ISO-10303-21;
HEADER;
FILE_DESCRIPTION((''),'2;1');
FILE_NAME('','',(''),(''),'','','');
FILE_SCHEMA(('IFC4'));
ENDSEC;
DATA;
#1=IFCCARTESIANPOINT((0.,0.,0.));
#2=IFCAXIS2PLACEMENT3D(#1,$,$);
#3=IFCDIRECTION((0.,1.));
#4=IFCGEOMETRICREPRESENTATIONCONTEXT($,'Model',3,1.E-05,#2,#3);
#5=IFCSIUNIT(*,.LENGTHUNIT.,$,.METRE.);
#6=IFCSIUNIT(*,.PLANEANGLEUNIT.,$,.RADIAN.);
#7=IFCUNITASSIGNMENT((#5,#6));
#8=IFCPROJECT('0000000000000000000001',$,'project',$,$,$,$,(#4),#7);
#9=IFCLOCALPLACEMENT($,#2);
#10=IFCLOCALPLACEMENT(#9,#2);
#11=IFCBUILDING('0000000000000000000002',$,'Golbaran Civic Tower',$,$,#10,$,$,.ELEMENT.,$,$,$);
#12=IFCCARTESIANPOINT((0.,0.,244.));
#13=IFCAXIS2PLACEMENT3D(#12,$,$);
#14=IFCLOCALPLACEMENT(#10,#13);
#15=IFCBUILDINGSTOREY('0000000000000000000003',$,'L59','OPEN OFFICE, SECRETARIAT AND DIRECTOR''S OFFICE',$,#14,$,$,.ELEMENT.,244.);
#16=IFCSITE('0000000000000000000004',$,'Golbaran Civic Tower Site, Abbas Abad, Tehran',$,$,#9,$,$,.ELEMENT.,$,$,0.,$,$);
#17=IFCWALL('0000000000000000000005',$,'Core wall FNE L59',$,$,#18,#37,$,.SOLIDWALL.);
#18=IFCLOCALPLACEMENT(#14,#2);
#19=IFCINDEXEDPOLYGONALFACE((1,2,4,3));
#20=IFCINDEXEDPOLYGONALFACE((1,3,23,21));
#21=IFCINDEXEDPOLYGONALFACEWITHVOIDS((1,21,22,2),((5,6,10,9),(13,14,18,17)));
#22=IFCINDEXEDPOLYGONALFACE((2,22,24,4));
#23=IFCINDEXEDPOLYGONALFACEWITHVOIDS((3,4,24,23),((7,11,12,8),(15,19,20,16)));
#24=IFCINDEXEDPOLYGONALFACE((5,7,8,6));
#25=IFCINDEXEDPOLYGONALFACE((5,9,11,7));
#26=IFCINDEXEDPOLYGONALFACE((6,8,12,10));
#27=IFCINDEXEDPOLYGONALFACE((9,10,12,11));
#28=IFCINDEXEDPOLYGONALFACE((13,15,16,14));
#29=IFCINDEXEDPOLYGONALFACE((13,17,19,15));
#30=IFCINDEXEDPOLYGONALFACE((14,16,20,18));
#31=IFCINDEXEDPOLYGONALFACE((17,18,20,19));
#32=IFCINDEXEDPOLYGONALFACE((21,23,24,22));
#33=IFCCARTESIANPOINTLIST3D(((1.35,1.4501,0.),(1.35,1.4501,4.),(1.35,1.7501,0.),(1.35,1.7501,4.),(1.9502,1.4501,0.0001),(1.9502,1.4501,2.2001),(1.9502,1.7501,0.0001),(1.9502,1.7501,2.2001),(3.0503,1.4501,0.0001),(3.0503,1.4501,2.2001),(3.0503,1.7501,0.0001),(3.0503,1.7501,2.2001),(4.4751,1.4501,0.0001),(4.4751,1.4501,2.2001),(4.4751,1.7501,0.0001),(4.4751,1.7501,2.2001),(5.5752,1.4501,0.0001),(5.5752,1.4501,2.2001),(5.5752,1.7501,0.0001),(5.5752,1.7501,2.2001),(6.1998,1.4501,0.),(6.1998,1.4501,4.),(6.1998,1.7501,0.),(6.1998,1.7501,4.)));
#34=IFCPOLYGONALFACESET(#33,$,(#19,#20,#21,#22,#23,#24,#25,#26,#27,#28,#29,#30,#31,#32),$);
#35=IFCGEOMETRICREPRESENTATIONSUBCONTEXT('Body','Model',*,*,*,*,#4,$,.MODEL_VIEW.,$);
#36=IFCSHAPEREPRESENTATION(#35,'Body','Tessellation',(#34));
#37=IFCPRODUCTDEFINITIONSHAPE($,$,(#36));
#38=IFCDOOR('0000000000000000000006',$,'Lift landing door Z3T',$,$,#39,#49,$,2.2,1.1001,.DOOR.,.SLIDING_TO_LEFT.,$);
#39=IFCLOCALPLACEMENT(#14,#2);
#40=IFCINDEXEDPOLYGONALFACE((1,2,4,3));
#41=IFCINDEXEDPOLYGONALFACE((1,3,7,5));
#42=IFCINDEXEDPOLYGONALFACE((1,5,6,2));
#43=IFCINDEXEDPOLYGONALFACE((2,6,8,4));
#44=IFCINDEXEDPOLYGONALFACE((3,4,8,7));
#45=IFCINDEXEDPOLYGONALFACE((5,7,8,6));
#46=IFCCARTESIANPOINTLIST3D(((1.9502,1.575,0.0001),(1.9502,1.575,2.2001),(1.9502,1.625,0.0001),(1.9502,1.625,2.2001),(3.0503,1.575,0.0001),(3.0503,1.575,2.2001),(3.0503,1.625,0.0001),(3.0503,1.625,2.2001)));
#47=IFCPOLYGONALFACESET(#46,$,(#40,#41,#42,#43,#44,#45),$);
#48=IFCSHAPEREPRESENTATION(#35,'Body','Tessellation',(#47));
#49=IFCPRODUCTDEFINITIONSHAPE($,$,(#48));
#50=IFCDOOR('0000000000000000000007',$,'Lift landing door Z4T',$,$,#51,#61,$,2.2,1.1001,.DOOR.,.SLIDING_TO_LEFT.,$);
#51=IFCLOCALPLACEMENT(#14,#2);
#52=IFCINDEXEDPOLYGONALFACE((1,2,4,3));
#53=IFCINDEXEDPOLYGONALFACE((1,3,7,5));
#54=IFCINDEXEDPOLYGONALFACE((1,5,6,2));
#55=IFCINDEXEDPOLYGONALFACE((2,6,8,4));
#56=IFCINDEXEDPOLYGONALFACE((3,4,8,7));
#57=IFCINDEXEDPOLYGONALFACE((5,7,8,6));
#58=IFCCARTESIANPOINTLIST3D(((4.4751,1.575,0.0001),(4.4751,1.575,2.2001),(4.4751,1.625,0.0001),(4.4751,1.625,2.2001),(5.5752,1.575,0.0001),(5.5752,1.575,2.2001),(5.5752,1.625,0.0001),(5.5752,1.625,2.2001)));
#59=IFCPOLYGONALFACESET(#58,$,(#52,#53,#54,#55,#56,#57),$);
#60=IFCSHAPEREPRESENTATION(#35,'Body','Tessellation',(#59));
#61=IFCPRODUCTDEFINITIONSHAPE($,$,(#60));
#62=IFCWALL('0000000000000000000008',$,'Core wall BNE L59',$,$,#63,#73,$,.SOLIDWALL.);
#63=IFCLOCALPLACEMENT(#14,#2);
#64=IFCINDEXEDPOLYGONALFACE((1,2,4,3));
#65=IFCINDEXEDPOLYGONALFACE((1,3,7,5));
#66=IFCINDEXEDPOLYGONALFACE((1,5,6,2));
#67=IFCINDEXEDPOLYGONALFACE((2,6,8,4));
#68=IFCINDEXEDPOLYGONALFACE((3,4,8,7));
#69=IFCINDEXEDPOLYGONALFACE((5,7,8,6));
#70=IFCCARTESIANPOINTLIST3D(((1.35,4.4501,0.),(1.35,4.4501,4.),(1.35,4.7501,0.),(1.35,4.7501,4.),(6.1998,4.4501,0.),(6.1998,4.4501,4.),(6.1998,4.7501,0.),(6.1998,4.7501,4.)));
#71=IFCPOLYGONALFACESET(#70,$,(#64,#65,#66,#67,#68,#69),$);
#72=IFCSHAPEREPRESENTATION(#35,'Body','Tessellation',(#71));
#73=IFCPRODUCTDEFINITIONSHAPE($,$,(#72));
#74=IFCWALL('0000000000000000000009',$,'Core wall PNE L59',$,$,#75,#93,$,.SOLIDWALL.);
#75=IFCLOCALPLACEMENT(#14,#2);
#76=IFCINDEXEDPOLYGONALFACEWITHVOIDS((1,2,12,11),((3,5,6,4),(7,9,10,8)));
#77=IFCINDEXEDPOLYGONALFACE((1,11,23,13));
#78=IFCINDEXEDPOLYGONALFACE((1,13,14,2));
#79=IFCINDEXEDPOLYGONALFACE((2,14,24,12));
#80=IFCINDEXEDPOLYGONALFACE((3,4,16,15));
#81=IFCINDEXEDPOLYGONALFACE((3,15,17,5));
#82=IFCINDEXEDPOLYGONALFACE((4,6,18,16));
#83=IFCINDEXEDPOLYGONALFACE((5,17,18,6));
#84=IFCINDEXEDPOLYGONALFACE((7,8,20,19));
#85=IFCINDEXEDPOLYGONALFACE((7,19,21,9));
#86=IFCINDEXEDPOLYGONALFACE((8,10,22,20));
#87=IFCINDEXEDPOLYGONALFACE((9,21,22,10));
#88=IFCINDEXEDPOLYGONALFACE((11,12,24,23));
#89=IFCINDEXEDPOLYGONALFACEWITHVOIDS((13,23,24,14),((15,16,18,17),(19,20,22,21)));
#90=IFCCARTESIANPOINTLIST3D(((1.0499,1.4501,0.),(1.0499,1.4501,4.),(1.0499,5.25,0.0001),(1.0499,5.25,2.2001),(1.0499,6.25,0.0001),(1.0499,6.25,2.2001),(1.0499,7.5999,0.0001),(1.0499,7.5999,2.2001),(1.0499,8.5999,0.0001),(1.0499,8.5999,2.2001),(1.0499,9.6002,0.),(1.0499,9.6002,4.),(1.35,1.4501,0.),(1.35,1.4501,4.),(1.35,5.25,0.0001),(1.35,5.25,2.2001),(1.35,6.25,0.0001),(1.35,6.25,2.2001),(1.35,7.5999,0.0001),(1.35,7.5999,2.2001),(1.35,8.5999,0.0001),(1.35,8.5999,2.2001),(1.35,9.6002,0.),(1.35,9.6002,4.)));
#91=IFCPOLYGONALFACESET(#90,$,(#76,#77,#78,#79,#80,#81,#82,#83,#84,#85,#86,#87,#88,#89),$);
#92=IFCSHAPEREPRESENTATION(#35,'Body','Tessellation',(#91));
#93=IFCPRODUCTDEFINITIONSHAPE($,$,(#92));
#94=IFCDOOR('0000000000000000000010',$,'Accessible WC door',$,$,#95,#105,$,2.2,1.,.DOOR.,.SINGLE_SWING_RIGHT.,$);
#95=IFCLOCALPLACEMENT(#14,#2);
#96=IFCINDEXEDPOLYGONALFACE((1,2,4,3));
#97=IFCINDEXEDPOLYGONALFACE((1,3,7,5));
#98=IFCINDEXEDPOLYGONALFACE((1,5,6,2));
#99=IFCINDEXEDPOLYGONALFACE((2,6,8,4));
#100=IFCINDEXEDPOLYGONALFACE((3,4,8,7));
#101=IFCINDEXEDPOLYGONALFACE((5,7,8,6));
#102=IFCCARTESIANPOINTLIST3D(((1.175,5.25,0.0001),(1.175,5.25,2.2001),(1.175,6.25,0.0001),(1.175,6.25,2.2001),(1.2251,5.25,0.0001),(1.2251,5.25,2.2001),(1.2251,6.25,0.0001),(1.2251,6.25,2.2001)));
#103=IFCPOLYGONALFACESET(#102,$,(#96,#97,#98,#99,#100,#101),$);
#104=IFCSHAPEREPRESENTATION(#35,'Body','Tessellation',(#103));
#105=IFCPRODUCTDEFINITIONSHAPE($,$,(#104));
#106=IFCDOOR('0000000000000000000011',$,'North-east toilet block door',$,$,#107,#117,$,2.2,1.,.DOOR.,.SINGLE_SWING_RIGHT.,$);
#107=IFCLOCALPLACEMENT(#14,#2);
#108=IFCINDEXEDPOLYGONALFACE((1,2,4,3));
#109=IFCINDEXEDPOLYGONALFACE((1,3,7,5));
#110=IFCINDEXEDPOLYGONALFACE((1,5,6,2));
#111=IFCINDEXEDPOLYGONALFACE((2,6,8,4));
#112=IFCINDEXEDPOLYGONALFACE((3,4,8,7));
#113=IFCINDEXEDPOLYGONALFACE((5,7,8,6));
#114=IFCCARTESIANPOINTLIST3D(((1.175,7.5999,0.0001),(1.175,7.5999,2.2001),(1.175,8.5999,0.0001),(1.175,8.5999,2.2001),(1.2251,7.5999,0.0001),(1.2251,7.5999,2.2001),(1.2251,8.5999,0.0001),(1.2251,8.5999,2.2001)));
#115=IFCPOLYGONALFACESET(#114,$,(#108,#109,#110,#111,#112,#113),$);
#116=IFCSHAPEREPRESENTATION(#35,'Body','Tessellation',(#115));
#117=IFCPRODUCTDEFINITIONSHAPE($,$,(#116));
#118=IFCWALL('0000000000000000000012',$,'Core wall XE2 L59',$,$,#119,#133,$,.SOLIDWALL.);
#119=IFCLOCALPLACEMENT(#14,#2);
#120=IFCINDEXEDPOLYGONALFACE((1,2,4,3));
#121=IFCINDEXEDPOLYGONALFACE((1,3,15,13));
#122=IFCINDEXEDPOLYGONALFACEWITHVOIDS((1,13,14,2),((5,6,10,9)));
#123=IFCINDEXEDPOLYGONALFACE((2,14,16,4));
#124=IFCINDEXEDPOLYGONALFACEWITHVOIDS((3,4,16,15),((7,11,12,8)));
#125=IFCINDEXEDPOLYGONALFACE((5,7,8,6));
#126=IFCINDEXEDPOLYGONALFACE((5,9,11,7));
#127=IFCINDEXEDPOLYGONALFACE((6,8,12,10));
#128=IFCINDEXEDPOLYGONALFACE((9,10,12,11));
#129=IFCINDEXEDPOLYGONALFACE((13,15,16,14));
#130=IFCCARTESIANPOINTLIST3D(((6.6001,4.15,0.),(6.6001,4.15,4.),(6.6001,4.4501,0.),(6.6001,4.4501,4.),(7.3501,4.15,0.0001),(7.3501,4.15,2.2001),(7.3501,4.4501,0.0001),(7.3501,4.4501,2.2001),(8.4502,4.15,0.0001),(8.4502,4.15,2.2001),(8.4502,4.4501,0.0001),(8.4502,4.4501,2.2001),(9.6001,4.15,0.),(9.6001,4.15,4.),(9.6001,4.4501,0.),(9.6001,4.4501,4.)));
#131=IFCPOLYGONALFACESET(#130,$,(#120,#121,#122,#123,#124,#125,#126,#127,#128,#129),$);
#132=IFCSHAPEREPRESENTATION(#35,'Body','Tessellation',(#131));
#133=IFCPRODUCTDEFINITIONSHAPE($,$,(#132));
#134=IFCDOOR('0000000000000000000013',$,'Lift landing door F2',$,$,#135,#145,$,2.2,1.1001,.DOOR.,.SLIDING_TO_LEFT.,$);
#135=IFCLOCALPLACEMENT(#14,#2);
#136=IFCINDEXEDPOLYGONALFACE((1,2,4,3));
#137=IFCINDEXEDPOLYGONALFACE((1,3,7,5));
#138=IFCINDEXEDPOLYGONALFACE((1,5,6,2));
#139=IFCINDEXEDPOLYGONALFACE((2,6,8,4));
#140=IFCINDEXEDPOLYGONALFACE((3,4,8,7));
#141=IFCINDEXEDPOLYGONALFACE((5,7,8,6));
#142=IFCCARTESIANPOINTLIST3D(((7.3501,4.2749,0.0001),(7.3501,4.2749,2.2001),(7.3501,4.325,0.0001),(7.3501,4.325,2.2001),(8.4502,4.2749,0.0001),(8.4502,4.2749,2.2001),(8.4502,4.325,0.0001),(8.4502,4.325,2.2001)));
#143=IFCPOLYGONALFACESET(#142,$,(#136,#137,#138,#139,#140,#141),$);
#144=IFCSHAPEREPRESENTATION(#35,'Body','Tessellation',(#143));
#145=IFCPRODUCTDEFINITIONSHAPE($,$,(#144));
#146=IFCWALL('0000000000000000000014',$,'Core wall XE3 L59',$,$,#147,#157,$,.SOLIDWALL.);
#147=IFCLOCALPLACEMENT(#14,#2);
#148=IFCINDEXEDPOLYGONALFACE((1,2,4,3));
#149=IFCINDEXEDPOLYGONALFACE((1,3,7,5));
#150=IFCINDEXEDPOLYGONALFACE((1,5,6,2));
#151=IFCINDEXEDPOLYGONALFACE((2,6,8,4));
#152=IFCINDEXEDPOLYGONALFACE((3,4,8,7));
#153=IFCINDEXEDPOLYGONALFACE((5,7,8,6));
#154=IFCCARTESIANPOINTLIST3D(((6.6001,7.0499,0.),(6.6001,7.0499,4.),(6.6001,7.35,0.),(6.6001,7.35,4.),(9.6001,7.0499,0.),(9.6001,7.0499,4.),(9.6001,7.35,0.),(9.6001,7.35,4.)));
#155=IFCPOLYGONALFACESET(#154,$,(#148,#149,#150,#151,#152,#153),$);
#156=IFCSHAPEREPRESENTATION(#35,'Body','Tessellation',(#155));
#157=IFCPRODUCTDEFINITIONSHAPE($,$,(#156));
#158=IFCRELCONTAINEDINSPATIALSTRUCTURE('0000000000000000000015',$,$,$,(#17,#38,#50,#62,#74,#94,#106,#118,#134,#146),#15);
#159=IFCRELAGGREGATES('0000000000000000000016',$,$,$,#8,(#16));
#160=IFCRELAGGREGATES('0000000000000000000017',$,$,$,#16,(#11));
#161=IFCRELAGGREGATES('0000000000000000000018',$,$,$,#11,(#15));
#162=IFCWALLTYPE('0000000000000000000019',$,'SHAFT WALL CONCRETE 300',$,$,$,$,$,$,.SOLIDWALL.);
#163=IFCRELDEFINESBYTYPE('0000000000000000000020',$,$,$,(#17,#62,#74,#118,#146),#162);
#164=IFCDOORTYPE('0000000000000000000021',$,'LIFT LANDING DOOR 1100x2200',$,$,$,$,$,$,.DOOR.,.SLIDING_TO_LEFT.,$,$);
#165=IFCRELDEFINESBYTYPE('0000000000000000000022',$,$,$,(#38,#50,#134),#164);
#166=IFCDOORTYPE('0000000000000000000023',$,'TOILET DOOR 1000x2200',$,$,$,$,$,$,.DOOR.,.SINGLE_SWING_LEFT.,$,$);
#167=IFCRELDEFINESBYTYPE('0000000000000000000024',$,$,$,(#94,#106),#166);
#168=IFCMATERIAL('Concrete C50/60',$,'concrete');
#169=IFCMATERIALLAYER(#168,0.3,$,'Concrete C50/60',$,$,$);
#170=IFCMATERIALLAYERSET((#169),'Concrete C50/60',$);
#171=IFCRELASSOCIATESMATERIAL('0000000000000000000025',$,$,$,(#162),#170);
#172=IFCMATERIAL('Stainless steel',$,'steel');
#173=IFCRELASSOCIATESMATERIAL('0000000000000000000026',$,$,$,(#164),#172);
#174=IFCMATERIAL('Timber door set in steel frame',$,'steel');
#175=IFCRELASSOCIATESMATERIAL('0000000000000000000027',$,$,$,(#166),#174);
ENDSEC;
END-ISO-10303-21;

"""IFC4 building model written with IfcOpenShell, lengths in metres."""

from ifc_helpers import new_model, si_unit, direction, frame, frame_2d, origin, place, context, subcontext, project, spatial, rectangle, extrude, material, layer, layer_set, type_object, element, fill, save


model = new_model("IFC4")

# Units and contexts
model_context = context("Model", 3, precision=1e-05, world=origin(), true_north=direction((0.0, 1.0)))
body_context = subcontext(model_context, "Body", "Model", "MODEL_VIEW")
ifc_project = project(units=[si_unit("LENGTHUNIT", "METRE"), si_unit("PLANEANGLEUNIT", "RADIAN")], contexts=[model_context])

# Site, building, storey
site_placement = place(None, origin())
site = spatial("IfcSite", under=ifc_project, at=site_placement, Name="Golbaran Civic Tower Site, Abbas Abad, Tehran", CompositionType="ELEMENT", RefElevation=0.0)
building_placement = place(site_placement, origin())
building = spatial("IfcBuilding", under=site, at=building_placement, Name="Golbaran Civic Tower", CompositionType="ELEMENT")
storey_placement = place(building_placement, frame((0.0, 0.0, 244.0)))
storey = spatial("IfcBuildingStorey", under=building, at=storey_placement, Name="L59", Description="OPEN OFFICE, SECRETARIAT AND DIRECTOR'S OFFICE", CompositionType="ELEMENT", Elevation=244.0)

# Shared definitions
ifc_material_1 = material(Name="Concrete C50/60", Category="concrete")
ifc_material_2 = material(Name="Timber door set in steel frame", Category="steel")

# Wall, openings, doors
ifc_layer_1 = layer(ifc_material_1, 0.3, Name="Concrete C50/60")
ifc_layer_set_1 = layer_set([ifc_layer_1], Name="Concrete C50/60")
wall_type_1 = type_object("IfcWallType", Name="SHAFT WALL CONCRETE 300", PredefinedType="SOLIDWALL", material=ifc_layer_set_1)
wall_1_placement = place(storey_placement, frame((1.3501, 1.6001, 0.0), z_axis=(0.0, 0.0, 1.0), x_axis=(1.0, 0.0, 0.0)))
wall_1 = element("IfcWall", 1, at=wall_1_placement, inside=storey, type_object=wall_type_1, Name="Core wall FNE L59", PredefinedType="SOLIDWALL", context=body_context, shape_type="SweptSolid", body=[
    extrude(rectangle(XDim=4.8499, YDim=0.3, at=frame_2d((2.4248, 0.0))), origin(), (0.0, 0.0, 1.0), 4.0),
])
opening_1_placement = place(wall_1_placement, frame((0.6001, 0.0, 0.0)))
opening_1 = element("IfcOpeningElement", 2, at=opening_1_placement, cuts=wall_1, PredefinedType="OPENING", context=body_context, shape_type="SweptSolid", body=[
    extrude(rectangle(XDim=1.1001, YDim=2.2, at=frame_2d((0.55, 1.1001))), frame((0.0, 0.1599, 0.0), z_axis=(0.0, -1.0, 0.0), x_axis=(1.0, 0.0, 0.0)), (0.0, 0.0, 1.0), 0.3201),
])
opening_2_placement = place(wall_1_placement, frame((3.125, 0.0, 0.0)))
opening_2 = element("IfcOpeningElement", 3, at=opening_2_placement, cuts=wall_1, PredefinedType="OPENING", context=body_context, shape_type="SweptSolid", body=[
    extrude(rectangle(XDim=1.1001, YDim=2.2, at=frame_2d((0.55, 1.1001))), frame((0.0, 0.1599, 0.0), z_axis=(0.0, -1.0, 0.0), x_axis=(1.0, 0.0, 0.0)), (0.0, 0.0, 1.0), 0.3201),
])
ifc_material_3 = material(Name="Stainless steel", Category="steel")
door_type_1 = type_object("IfcDoorType", Name="LIFT LANDING DOOR 1100x2200", OperationType="SLIDING_TO_LEFT", PredefinedType="DOOR", material=ifc_material_3)
door_1_placement = place(opening_1_placement, origin())
door_1 = element("IfcDoor", 4, at=door_1_placement, inside=storey, type_object=door_type_1, Name="Lift landing door Z3T", OperationType="SLIDING_TO_LEFT", OverallHeight=2.2, OverallWidth=1.1001, PredefinedType="DOOR", context=body_context, shape_type="SweptSolid", body=[
    extrude(rectangle(XDim=1.1001, YDim=2.2, at=frame_2d((0.55, 1.1001))), frame((0.0, 0.0249, 0.0), z_axis=(0.0, -1.0, 0.0), x_axis=(1.0, 0.0, 0.0)), (0.0, 0.0, 1.0), 0.05),
])
fill(opening_1, door_1)
door_2_placement = place(opening_2_placement, origin())
door_2 = element("IfcDoor", 5, at=door_2_placement, inside=storey, type_object=door_type_1, Name="Lift landing door Z4T", OperationType="SLIDING_TO_LEFT", OverallHeight=2.2, OverallWidth=1.1001, PredefinedType="DOOR", context=body_context, shape_type="SweptSolid", body=[
    extrude(rectangle(XDim=1.1001, YDim=2.2, at=frame_2d((0.55, 1.1001))), frame((0.0, 0.0249, 0.0), z_axis=(0.0, -1.0, 0.0), x_axis=(1.0, 0.0, 0.0)), (0.0, 0.0, 1.0), 0.05),
])
fill(opening_2, door_2)

# Wall
wall_2_placement = place(storey_placement, frame((1.3501, 4.6001, 0.0), z_axis=(0.0, 0.0, 1.0), x_axis=(1.0, 0.0, 0.0)))
element("IfcWall", 6, at=wall_2_placement, inside=storey, type_object=wall_type_1, Name="Core wall BNE L59", PredefinedType="SOLIDWALL", context=body_context, shape_type="SweptSolid", body=[
    extrude(rectangle(XDim=4.8499, YDim=0.3, at=frame_2d((2.4248, 0.0))), origin(), (0.0, 0.0, 1.0), 4.0),
])

# Wall, openings, doors
wall_3_placement = place(storey_placement, frame((1.2, 1.45, 0.0), z_axis=(0.0, 0.0, 1.0), x_axis=(0.0, 1.0, 0.0)))
wall_3 = element("IfcWall", 7, at=wall_3_placement, inside=storey, type_object=wall_type_1, Name="Core wall PNE L59", PredefinedType="SOLIDWALL", context=body_context, shape_type="SweptSolid", body=[
    extrude(rectangle(XDim=8.1501, YDim=0.3, at=frame_2d((4.0752, 0.0))), origin(), (0.0, 0.0, 1.0), 4.0),
])
opening_3_placement = place(wall_3_placement, frame((3.8, 0.0, 0.0)))
opening_3 = element("IfcOpeningElement", 8, at=opening_3_placement, cuts=wall_3, PredefinedType="OPENING", context=body_context, shape_type="SweptSolid", body=[
    extrude(rectangle(XDim=1.0, YDim=2.2, at=frame_2d((0.5, 1.1001))), frame((0.0, 0.1599, 0.0), z_axis=(0.0, -1.0, 0.0), x_axis=(1.0, 0.0, 0.0)), (0.0, 0.0, 1.0), 0.3201),
])
opening_4_placement = place(wall_3_placement, frame((6.1499, 0.0, 0.0)))
opening_4 = element("IfcOpeningElement", 9, at=opening_4_placement, cuts=wall_3, PredefinedType="OPENING", context=body_context, shape_type="SweptSolid", body=[
    extrude(rectangle(XDim=1.0, YDim=2.2, at=frame_2d((0.5, 1.1001))), frame((0.0, 0.1599, 0.0), z_axis=(0.0, -1.0, 0.0), x_axis=(1.0, 0.0, 0.0)), (0.0, 0.0, 1.0), 0.3201),
])
door_type_2 = type_object("IfcDoorType", Name="TOILET DOOR 1000x2200", OperationType="SINGLE_SWING_LEFT", PredefinedType="DOOR", material=ifc_material_2)
door_3_placement = place(opening_3_placement, origin())
door_3 = element("IfcDoor", 10, at=door_3_placement, inside=storey, type_object=door_type_2, Name="Accessible WC door", OperationType="SINGLE_SWING_RIGHT", OverallHeight=2.2, OverallWidth=1.0, PredefinedType="DOOR", context=body_context, shape_type="SweptSolid", body=[
    extrude(rectangle(XDim=1.0, YDim=2.2, at=frame_2d((0.5, 1.1001))), frame((0.0, 0.0249, 0.0), z_axis=(0.0, -1.0, 0.0), x_axis=(1.0, 0.0, 0.0)), (0.0, 0.0, 1.0), 0.05),
])
fill(opening_3, door_3)
door_4_placement = place(opening_4_placement, origin())
door_4 = element("IfcDoor", 11, at=door_4_placement, inside=storey, type_object=door_type_2, Name="North-east toilet block door", OperationType="SINGLE_SWING_RIGHT", OverallHeight=2.2, OverallWidth=1.0, PredefinedType="DOOR", context=body_context, shape_type="SweptSolid", body=[
    extrude(rectangle(XDim=1.0, YDim=2.2, at=frame_2d((0.5, 1.1001))), frame((0.0, 0.0249, 0.0), z_axis=(0.0, -1.0, 0.0), x_axis=(1.0, 0.0, 0.0)), (0.0, 0.0, 1.0), 0.05),
])
fill(opening_4, door_4)

# Wall, opening, door
wall_4_placement = place(storey_placement, frame((6.6001, 4.3, 0.0), z_axis=(0.0, 0.0, 1.0), x_axis=(1.0, 0.0, 0.0)))
wall_4 = element("IfcWall", 12, at=wall_4_placement, inside=storey, type_object=wall_type_1, Name="Core wall XE2 L59", PredefinedType="SOLIDWALL", context=body_context, shape_type="SweptSolid", body=[
    extrude(rectangle(XDim=3.0, YDim=0.3, at=frame_2d((1.5, 0.0))), origin(), (0.0, 0.0, 1.0), 4.0),
])
opening_5_placement = place(wall_4_placement, frame((0.75, 0.0, 0.0)))
opening_5 = element("IfcOpeningElement", 13, at=opening_5_placement, cuts=wall_4, PredefinedType="OPENING", context=body_context, shape_type="SweptSolid", body=[
    extrude(rectangle(XDim=1.1001, YDim=2.2, at=frame_2d((0.55, 1.1001))), frame((0.0, 0.1599, 0.0), z_axis=(0.0, -1.0, 0.0), x_axis=(1.0, 0.0, 0.0)), (0.0, 0.0, 1.0), 0.3201),
])
door_5_placement = place(opening_5_placement, origin())
door_5 = element("IfcDoor", 14, at=door_5_placement, inside=storey, type_object=door_type_1, Name="Lift landing door F2", OperationType="SLIDING_TO_LEFT", OverallHeight=2.2, OverallWidth=1.1001, PredefinedType="DOOR", context=body_context, shape_type="SweptSolid", body=[
    extrude(rectangle(XDim=1.1001, YDim=2.2, at=frame_2d((0.55, 1.1001))), frame((0.0, 0.0249, 0.0), z_axis=(0.0, -1.0, 0.0), x_axis=(1.0, 0.0, 0.0)), (0.0, 0.0, 1.0), 0.05),
])
fill(opening_5, door_5)

# Wall
wall_5_placement = place(storey_placement, frame((6.6001, 7.2, 0.0), z_axis=(0.0, 0.0, 1.0), x_axis=(1.0, 0.0, 0.0)))
element("IfcWall", 15, at=wall_5_placement, inside=storey, type_object=wall_type_1, Name="Core wall XE3 L59", PredefinedType="SOLIDWALL", context=body_context, shape_type="SweptSolid", body=[
    extrude(rectangle(XDim=3.0, YDim=0.3, at=frame_2d((1.5, 0.0))), origin(), (0.0, 0.0, 1.0), 4.0),
])

save(model, "model.ifc")
